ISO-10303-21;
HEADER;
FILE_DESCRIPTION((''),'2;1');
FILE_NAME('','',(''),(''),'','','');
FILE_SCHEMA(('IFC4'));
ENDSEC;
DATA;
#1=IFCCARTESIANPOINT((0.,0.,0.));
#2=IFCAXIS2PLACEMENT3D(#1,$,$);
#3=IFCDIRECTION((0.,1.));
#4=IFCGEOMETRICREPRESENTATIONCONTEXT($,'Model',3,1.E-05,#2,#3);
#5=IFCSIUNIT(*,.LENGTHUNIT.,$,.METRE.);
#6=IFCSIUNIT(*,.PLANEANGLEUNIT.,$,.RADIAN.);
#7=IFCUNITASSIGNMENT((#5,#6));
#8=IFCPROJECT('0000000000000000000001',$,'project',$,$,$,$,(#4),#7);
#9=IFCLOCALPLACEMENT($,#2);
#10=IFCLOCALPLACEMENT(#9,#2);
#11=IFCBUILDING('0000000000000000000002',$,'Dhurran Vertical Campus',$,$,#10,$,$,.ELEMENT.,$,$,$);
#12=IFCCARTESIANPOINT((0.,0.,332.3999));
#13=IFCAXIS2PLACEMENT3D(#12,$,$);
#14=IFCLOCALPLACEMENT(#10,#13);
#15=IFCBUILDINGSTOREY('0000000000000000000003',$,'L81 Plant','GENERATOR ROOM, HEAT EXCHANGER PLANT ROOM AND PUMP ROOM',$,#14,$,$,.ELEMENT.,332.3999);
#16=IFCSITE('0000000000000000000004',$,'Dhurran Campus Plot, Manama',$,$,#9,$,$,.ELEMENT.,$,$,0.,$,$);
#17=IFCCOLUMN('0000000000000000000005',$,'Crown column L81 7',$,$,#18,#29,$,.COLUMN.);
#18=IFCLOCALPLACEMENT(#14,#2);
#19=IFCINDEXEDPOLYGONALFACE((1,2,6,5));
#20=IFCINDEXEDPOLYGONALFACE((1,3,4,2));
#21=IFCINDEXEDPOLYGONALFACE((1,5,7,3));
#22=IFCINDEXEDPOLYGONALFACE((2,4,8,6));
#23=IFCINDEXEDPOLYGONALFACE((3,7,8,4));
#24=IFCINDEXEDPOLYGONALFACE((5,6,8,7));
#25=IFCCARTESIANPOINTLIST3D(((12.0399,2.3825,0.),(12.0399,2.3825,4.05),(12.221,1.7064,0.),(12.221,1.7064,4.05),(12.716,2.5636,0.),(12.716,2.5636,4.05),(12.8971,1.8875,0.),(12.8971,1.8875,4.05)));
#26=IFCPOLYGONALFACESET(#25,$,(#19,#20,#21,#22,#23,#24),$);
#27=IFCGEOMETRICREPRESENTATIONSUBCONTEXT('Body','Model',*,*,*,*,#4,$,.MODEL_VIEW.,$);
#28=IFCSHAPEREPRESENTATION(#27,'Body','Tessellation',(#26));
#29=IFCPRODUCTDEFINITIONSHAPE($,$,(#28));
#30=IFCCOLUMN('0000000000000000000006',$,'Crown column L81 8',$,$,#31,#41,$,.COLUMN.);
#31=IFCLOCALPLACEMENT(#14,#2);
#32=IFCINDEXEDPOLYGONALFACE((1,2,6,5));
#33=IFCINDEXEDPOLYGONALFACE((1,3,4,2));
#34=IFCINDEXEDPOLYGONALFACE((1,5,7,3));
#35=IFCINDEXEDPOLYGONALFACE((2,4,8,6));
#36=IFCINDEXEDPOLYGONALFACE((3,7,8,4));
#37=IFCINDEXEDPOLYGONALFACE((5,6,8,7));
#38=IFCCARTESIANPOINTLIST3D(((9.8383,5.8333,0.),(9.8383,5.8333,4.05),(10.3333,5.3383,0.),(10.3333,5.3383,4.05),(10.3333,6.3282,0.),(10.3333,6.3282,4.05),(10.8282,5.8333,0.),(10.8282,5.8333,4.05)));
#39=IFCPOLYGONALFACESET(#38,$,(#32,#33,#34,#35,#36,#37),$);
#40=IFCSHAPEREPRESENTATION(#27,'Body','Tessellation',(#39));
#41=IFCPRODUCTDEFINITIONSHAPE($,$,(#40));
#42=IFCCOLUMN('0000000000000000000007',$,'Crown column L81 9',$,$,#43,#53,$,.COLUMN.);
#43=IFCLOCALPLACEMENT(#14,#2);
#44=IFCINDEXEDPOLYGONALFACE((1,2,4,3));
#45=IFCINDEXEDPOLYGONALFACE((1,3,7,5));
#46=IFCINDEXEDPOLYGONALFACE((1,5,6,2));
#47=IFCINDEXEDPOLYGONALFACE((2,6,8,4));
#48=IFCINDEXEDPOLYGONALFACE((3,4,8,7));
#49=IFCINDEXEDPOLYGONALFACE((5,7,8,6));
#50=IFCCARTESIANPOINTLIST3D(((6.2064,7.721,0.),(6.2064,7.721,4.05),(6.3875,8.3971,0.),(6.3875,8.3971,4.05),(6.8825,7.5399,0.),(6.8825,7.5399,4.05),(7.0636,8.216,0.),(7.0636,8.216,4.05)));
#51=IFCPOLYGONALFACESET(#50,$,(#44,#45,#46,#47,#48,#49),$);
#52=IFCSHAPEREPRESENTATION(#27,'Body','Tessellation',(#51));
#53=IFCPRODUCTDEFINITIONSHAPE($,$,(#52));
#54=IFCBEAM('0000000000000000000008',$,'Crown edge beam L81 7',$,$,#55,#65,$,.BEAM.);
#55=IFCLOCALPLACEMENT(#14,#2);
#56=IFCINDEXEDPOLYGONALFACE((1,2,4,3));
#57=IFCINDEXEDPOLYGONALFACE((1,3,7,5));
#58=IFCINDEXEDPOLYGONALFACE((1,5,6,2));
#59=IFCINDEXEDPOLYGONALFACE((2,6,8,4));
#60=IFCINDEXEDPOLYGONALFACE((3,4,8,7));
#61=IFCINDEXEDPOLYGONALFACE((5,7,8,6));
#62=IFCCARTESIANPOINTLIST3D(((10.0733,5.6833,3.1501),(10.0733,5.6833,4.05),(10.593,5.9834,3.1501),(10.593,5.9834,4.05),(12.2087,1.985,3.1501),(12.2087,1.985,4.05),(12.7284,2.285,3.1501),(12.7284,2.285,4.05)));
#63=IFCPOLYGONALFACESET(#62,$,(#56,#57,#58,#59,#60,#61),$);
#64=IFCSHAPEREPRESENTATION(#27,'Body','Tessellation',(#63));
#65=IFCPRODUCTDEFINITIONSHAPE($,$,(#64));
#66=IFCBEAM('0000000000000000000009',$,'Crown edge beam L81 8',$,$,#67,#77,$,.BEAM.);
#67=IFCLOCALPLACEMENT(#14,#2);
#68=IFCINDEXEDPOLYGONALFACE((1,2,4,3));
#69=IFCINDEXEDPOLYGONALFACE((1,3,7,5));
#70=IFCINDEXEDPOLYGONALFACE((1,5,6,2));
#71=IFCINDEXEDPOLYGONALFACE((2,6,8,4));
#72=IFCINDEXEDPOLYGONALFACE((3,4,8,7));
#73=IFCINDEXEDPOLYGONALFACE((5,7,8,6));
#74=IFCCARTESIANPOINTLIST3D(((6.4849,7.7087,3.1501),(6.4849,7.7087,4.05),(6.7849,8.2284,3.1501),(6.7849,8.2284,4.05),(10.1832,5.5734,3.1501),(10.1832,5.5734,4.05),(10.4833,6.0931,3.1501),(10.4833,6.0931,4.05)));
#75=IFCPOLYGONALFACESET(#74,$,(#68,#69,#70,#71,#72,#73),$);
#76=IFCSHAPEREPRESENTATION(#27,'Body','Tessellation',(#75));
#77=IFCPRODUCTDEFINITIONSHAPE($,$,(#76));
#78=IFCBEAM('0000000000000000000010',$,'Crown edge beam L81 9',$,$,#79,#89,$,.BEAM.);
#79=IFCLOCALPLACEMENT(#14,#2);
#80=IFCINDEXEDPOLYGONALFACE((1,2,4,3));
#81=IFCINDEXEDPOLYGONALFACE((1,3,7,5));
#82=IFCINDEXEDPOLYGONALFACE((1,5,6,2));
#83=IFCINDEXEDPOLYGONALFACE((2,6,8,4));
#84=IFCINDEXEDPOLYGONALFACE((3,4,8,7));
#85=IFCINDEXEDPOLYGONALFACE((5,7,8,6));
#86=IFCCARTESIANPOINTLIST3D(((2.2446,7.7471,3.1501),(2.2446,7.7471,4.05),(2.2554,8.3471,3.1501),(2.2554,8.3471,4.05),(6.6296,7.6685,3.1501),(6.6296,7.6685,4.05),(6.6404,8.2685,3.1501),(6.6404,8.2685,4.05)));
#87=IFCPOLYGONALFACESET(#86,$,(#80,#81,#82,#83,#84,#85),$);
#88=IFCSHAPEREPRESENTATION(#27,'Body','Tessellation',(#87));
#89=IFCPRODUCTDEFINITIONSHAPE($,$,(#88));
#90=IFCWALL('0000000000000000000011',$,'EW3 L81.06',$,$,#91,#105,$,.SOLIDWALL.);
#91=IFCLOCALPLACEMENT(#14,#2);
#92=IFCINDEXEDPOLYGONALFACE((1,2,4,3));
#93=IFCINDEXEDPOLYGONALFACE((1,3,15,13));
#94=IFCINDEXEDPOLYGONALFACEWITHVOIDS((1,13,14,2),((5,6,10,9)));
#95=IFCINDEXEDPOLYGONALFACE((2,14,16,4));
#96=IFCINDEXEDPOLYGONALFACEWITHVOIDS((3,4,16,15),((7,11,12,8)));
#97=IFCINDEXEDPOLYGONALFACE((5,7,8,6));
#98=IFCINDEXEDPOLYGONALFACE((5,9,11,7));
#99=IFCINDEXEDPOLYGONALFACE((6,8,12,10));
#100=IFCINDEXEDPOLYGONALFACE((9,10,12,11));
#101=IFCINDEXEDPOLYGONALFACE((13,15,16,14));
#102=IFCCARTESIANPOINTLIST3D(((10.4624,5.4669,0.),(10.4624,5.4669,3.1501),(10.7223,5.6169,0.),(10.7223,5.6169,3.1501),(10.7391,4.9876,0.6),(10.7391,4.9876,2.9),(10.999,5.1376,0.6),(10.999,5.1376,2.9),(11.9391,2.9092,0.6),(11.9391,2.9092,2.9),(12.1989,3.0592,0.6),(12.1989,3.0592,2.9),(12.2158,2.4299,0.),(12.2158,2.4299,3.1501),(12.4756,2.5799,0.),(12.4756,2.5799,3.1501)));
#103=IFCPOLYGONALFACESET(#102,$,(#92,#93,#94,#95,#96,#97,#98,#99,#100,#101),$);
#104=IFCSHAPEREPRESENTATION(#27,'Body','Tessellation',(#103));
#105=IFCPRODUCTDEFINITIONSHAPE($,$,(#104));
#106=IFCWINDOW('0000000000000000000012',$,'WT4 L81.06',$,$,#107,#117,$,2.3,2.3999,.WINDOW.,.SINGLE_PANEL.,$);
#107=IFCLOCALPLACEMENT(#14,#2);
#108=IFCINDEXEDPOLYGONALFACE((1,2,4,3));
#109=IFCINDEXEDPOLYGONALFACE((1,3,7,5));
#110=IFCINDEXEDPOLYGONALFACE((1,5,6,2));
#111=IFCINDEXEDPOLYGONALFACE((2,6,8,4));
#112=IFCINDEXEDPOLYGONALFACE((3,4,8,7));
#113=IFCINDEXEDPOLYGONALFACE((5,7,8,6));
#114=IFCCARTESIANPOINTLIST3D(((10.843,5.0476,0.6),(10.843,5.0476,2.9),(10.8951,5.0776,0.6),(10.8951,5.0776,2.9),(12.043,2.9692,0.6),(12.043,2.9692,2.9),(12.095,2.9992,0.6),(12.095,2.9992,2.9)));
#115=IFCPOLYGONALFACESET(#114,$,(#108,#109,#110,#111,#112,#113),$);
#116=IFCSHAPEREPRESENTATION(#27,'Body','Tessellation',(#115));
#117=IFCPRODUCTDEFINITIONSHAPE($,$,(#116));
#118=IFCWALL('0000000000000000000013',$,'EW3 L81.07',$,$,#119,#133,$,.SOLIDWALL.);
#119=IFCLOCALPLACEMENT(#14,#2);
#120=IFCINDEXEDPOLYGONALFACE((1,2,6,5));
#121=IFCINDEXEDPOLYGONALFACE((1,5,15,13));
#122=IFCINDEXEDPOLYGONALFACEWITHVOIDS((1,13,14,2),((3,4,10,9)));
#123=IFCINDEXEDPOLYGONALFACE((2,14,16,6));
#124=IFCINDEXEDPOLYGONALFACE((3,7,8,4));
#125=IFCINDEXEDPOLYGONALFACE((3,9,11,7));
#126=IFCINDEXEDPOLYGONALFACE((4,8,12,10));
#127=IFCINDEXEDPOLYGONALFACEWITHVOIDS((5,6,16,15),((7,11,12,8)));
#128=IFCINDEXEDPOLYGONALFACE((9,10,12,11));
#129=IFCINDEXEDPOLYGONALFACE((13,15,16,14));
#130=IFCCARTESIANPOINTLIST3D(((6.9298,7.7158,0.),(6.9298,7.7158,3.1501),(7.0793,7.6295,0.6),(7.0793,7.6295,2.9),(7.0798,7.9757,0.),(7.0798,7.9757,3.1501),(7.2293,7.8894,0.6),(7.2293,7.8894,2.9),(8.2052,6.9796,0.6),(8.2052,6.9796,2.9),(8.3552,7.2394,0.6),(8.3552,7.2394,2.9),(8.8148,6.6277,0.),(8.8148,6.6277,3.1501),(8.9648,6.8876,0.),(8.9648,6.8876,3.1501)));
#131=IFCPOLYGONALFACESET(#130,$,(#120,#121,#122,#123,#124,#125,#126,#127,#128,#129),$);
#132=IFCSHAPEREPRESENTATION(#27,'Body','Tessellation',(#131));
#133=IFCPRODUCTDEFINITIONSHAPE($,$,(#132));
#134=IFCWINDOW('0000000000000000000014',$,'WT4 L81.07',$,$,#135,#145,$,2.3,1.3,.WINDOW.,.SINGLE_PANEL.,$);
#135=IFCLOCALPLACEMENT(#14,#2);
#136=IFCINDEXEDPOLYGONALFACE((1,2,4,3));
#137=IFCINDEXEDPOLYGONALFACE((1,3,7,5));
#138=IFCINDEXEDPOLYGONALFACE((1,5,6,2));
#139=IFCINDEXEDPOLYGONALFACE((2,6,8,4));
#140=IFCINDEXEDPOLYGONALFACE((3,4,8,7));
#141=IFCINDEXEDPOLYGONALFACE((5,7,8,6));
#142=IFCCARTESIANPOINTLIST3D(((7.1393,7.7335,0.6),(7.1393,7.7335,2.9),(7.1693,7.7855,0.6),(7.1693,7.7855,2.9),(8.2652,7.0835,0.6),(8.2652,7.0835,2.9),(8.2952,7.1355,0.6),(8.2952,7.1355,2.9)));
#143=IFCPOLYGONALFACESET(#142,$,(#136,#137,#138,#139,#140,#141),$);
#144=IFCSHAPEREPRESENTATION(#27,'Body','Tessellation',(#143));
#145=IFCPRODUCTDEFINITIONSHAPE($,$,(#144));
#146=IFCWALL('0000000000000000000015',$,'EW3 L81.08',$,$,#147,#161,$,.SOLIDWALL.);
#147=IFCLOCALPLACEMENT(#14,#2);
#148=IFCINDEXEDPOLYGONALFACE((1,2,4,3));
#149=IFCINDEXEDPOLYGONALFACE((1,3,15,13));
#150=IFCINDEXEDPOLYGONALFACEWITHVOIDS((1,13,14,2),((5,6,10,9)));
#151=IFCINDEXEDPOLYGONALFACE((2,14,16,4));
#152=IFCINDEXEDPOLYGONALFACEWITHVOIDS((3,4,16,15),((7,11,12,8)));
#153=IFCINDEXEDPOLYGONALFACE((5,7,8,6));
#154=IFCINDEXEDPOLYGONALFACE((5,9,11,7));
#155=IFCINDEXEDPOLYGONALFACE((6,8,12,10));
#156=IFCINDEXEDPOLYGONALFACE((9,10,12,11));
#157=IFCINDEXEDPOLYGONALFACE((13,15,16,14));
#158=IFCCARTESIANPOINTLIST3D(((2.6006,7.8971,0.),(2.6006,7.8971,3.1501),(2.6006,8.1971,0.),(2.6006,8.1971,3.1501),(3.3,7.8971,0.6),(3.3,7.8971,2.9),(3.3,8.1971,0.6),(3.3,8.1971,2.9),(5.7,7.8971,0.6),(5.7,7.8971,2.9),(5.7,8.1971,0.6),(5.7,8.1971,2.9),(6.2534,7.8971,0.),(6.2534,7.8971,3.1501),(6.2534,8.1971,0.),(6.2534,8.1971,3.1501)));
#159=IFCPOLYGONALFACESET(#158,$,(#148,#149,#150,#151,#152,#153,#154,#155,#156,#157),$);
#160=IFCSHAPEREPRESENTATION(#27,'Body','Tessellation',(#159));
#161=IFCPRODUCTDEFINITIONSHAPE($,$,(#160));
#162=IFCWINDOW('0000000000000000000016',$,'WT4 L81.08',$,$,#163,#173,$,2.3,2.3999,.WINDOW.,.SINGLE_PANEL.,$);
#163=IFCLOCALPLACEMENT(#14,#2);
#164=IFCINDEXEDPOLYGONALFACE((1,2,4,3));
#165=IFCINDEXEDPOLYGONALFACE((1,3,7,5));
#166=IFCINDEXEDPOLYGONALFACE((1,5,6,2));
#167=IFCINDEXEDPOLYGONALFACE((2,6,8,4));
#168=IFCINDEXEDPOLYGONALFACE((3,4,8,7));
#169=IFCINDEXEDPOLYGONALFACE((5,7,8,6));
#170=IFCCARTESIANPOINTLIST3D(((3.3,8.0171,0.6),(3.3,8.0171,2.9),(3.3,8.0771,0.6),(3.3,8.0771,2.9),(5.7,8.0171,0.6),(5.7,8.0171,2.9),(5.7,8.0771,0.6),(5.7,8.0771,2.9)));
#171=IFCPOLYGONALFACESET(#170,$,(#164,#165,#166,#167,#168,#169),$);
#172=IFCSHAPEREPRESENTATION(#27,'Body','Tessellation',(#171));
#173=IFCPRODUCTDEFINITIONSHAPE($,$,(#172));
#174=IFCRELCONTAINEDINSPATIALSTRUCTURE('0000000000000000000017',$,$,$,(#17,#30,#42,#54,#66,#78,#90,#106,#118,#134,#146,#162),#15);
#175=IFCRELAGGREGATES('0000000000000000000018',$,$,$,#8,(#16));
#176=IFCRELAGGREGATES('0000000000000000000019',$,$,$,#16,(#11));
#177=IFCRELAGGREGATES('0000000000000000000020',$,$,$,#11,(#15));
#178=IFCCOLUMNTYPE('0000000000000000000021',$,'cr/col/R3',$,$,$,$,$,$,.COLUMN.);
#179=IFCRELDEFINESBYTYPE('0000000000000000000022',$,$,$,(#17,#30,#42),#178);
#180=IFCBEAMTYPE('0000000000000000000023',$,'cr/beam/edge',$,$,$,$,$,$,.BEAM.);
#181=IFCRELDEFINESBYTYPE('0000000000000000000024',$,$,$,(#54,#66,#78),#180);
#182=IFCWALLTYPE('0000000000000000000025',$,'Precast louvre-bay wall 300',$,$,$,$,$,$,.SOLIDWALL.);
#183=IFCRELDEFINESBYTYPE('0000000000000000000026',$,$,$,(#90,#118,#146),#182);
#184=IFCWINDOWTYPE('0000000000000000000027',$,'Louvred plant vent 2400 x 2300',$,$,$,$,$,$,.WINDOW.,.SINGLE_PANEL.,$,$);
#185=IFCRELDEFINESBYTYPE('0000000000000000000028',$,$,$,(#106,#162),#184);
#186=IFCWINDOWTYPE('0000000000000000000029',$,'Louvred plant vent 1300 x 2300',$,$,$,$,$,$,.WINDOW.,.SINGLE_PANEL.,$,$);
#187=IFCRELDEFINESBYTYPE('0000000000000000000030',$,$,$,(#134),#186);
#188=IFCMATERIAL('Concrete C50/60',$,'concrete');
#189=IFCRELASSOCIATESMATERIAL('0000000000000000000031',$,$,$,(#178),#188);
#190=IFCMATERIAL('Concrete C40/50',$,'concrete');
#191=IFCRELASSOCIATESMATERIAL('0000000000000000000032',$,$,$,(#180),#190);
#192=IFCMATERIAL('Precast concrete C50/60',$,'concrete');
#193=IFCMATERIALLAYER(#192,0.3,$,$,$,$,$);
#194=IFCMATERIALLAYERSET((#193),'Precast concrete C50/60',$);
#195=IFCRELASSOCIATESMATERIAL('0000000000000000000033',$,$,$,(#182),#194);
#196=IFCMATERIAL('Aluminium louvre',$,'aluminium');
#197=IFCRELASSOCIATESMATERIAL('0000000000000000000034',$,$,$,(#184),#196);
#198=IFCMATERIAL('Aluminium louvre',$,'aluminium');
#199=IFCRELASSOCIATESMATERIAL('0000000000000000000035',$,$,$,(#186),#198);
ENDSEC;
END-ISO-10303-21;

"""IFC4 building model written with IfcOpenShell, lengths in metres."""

from ifc_helpers import new_model, si_unit, direction, frame, frame_2d, origin, origin_2d, place, context, subcontext, project, spatial, rectangle, extrude, material, layer, layer_set, material_profile, profile_set, type_object, element, fill, save


model = new_model("IFC4")

# Units and contexts
model_context = context("Model", 3, precision=1e-05, world=origin(), true_north=direction((0.0, 1.0)))
body_context = subcontext(model_context, "Body", "Model", "MODEL_VIEW")
ifc_project = project(units=[si_unit("LENGTHUNIT", "METRE"), si_unit("PLANEANGLEUNIT", "RADIAN")], contexts=[model_context])

# Site, building, storey
site_placement = place(None, origin())
site = spatial("IfcSite", under=ifc_project, at=site_placement, Name="Dhurran Campus Plot, Manama", CompositionType="ELEMENT", RefElevation=0.0)
building_placement = place(site_placement, origin())
building = spatial("IfcBuilding", under=site, at=building_placement, Name="Dhurran Vertical Campus", CompositionType="ELEMENT")
storey_placement = place(building_placement, frame((0.0, 0.0, 332.3999)))
storey = spatial("IfcBuildingStorey", under=building, at=storey_placement, Name="L81 Plant", Description="GENERATOR ROOM, HEAT EXCHANGER PLANT ROOM AND PUMP ROOM", CompositionType="ELEMENT", Elevation=332.3999)

# Columns
ifc_material_1 = material(Name="Concrete C50/60", Category="concrete")
ifc_material_profile_1 = material_profile(ifc_material_1, rectangle(XDim=0.7, YDim=0.7, at=origin_2d()), Name="cr/col/R3")
ifc_profile_set_1 = profile_set([ifc_material_profile_1], Name="Concrete C50/60")
column_type = type_object("IfcColumnType", Name="cr/col/R3", PredefinedType="COLUMN", material=ifc_profile_set_1)
for number, where, z_axis, x_axis, name in (
    (1, (12.4685, 2.135, 0.0), (0.0, 0.0, 1.0), (-0.258819, 0.965926, 0.0), "Crown column L81 7"),
    (2, (10.3333, 5.8333, 0.0), (0.0, 0.0, 1.0), (-0.707107, 0.707107, 0.0), "Crown column L81 8"),
    (3, (6.635, 7.9685, 0.0), (0.0, 0.0, 1.0), (-0.965926, 0.258819, 0.0), "Crown column L81 9"),
):
    element("IfcColumn", number, at=place(storey_placement, frame(where, z_axis=z_axis, x_axis=x_axis)), inside=storey, type_object=column_type, Name=name, PredefinedType="COLUMN", context=body_context, shape_type="SweptSolid", body=[
        extrude(rectangle(XDim=0.7, YDim=0.7, at=origin_2d()), origin(), (0.0, 0.0, 1.0), 4.05),
    ])

# Beams
ifc_material_2 = material(Name="Concrete C40/50", Category="concrete")
ifc_material_profile_2 = material_profile(ifc_material_2, rectangle(XDim=0.6001, YDim=0.8999, at=origin_2d()), Name="cr/beam/edge")
ifc_profile_set_2 = profile_set([ifc_material_profile_2], Name="Concrete C40/50")
beam_type = type_object("IfcBeamType", Name="cr/beam/edge", PredefinedType="BEAM", material=ifc_profile_set_2)
for number, where, z_axis, x_axis, name in (
    (4, (12.4685, 2.135, 3.6001), (-0.500013, 0.866018, 0.0), (-0.866018, -0.500013, 0.0), "Crown edge beam L81 7"),
    (5, (10.3333, 5.8333, 3.6001), (-0.866018, 0.500013, 0.0), (-0.500013, -0.866018, 0.0), "Crown edge beam L81 8"),
):
    element("IfcBeam", number, at=place(storey_placement, frame(where, z_axis=z_axis, x_axis=x_axis)), inside=storey, type_object=beam_type, Name=name, PredefinedType="BEAM", context=body_context, shape_type="SweptSolid", body=[
        extrude(rectangle(XDim=0.6001, YDim=0.8999, at=origin_2d()), origin(), (0.0, 0.0, 1.0), 4.2705),
    ])
beam_placement = place(storey_placement, frame((6.635, 7.9685, 3.6001), z_axis=(-0.999839, 0.017925, 0.0), x_axis=(-0.017925, -0.999839, 0.0)))
element("IfcBeam", 6, at=beam_placement, inside=storey, type_object=beam_type, Name="Crown edge beam L81 9", PredefinedType="BEAM", context=body_context, shape_type="SweptSolid", body=[
    extrude(rectangle(XDim=0.6001, YDim=0.8999, at=origin_2d()), origin(), (0.0, 0.0, 1.0), 4.3857),
])

# Walls, openings, windows
ifc_material_3 = material(Name="Precast concrete C50/60", Category="concrete")
ifc_layer_1 = layer(ifc_material_3, 0.3)
ifc_layer_set_1 = layer_set([ifc_layer_1], Name="Precast concrete C50/60")
wall_type_1 = type_object("IfcWallType", Name="Precast louvre-bay wall 300", PredefinedType="SOLIDWALL", material=ifc_layer_set_1)
wall_1_placement = place(storey_placement, frame((12.3457, 2.5049, 0.0), z_axis=(0.0, 0.0, 1.0), x_axis=(-0.499988, 0.866033, 0.0)))
wall_1 = element("IfcWall", 7, at=wall_1_placement, inside=storey, type_object=wall_type_1, Name="EW3 L81.06", PredefinedType="SOLIDWALL", context=body_context, shape_type="SweptSolid", body=[
    extrude(rectangle(XDim=3.5068, YDim=0.3, at=frame_2d((1.7534, 0.0))), origin(), (0.0, 0.0, 1.0), 3.1501),
])
opening_1_placement = place(wall_1_placement, frame((0.5535, 0.0, 0.6001)))
opening_1 = element("IfcOpeningElement", 8, at=opening_1_placement, cuts=wall_1, PredefinedType="OPENING", context=body_context, shape_type="SweptSolid", body=[
    extrude(rectangle(XDim=2.3999, YDim=2.3, at=frame_2d((1.2, 1.1499))), frame((0.0, 0.1599, 0.0), z_axis=(0.0, -1.0, 0.0), x_axis=(1.0, 0.0, 0.0)), (0.0, 0.0, 1.0), 0.3201),
])
ifc_material_4 = material(Name="Aluminium louvre", Category="aluminium")
window_type_1 = type_object("IfcWindowType", Name="Louvred plant vent 2400 x 2300", PartitioningType="SINGLE_PANEL", PredefinedType="WINDOW", material=ifc_material_4)
window_1_placement = place(opening_1_placement, origin())
window_1 = element("IfcWindow", 9, at=window_1_placement, inside=storey, type_object=window_type_1, Name="WT4 L81.06", OverallHeight=2.3, OverallWidth=2.3999, PartitioningType="SINGLE_PANEL", PredefinedType="WINDOW", context=body_context, shape_type="SweptSolid", body=[
    extrude(rectangle(XDim=2.3999, YDim=2.3, at=frame_2d((1.2, 1.1499))), frame((0.0, 0.03, 0.0), z_axis=(0.0, -1.0, 0.0), x_axis=(1.0, 0.0, 0.0)), (0.0, 0.0, 1.0), 0.0601),
])
fill(opening_1, window_1)
wall_2_placement = place(storey_placement, frame((8.8899, 6.7576, 0.0), z_axis=(0.0, 0.0, 1.0), x_axis=(-0.86606, 0.499939, 0.0)))
wall_2 = element("IfcWall", 10, at=wall_2_placement, inside=storey, type_object=wall_type_1, Name="EW3 L81.07", PredefinedType="SOLIDWALL", context=body_context, shape_type="SweptSolid", body=[
    extrude(rectangle(XDim=2.1765, YDim=0.3, at=frame_2d((1.0884, 0.0))), origin(), (0.0, 0.0, 1.0), 3.1501),
])
opening_2_placement = place(wall_2_placement, frame((0.7041, 0.0, 0.6001)))
opening_2 = element("IfcOpeningElement", 11, at=opening_2_placement, cuts=wall_2, PredefinedType="OPENING", context=body_context, shape_type="SweptSolid", body=[
    extrude(rectangle(XDim=1.3, YDim=2.3, at=frame_2d((0.6499, 1.1499))), frame((0.0, 0.1599, 0.0), z_axis=(0.0, -1.0, 0.0), x_axis=(1.0, 0.0, 0.0)), (0.0, 0.0, 1.0), 0.3201),
])
ifc_material_5 = material(Name="Aluminium louvre", Category="aluminium")
window_type_2 = type_object("IfcWindowType", Name="Louvred plant vent 1300 x 2300", PartitioningType="SINGLE_PANEL", PredefinedType="WINDOW", material=ifc_material_5)
window_2_placement = place(opening_2_placement, origin())
window_2 = element("IfcWindow", 12, at=window_2_placement, inside=storey, type_object=window_type_2, Name="WT4 L81.07", OverallHeight=2.3, OverallWidth=1.3, PartitioningType="SINGLE_PANEL", PredefinedType="WINDOW", context=body_context, shape_type="SweptSolid", body=[
    extrude(rectangle(XDim=1.3, YDim=2.3, at=frame_2d((0.6499, 1.1499))), frame((0.0, 0.03, 0.0), z_axis=(0.0, -1.0, 0.0), x_axis=(1.0, 0.0, 0.0)), (0.0, 0.0, 1.0), 0.0601),
])
fill(opening_2, window_2)
wall_3_placement = place(storey_placement, frame((6.2534, 8.0471, 0.0), z_axis=(0.0, 0.0, 1.0), x_axis=(-1.0, 0.0, 0.0)))
wall_3 = element("IfcWall", 13, at=wall_3_placement, inside=storey, type_object=wall_type_1, Name="EW3 L81.08", PredefinedType="SOLIDWALL", context=body_context, shape_type="SweptSolid", body=[
    extrude(rectangle(XDim=3.6528, YDim=0.3, at=frame_2d((1.8264, 0.0))), origin(), (0.0, 0.0, 1.0), 3.1501),
])
opening_3_placement = place(wall_3_placement, frame((0.5535, 0.0, 0.6001)))
opening_3 = element("IfcOpeningElement", 14, at=opening_3_placement, cuts=wall_3, PredefinedType="OPENING", context=body_context, shape_type="SweptSolid", body=[
    extrude(rectangle(XDim=2.3999, YDim=2.3, at=frame_2d((1.2, 1.1499))), frame((0.0, 0.1599, 0.0), z_axis=(0.0, -1.0, 0.0), x_axis=(1.0, 0.0, 0.0)), (0.0, 0.0, 1.0), 0.3201),
])
window_3_placement = place(opening_3_placement, origin())
window_3 = element("IfcWindow", 15, at=window_3_placement, inside=storey, type_object=window_type_1, Name="WT4 L81.08", OverallHeight=2.3, OverallWidth=2.3999, PartitioningType="SINGLE_PANEL", PredefinedType="WINDOW", context=body_context, shape_type="SweptSolid", body=[
    extrude(rectangle(XDim=2.3999, YDim=2.3, at=frame_2d((1.2, 1.1499))), frame((0.0, 0.03, 0.0), z_axis=(0.0, -1.0, 0.0), x_axis=(1.0, 0.0, 0.0)), (0.0, 0.0, 1.0), 0.0601),
])
fill(opening_3, window_3)

save(model, "model.ifc")
